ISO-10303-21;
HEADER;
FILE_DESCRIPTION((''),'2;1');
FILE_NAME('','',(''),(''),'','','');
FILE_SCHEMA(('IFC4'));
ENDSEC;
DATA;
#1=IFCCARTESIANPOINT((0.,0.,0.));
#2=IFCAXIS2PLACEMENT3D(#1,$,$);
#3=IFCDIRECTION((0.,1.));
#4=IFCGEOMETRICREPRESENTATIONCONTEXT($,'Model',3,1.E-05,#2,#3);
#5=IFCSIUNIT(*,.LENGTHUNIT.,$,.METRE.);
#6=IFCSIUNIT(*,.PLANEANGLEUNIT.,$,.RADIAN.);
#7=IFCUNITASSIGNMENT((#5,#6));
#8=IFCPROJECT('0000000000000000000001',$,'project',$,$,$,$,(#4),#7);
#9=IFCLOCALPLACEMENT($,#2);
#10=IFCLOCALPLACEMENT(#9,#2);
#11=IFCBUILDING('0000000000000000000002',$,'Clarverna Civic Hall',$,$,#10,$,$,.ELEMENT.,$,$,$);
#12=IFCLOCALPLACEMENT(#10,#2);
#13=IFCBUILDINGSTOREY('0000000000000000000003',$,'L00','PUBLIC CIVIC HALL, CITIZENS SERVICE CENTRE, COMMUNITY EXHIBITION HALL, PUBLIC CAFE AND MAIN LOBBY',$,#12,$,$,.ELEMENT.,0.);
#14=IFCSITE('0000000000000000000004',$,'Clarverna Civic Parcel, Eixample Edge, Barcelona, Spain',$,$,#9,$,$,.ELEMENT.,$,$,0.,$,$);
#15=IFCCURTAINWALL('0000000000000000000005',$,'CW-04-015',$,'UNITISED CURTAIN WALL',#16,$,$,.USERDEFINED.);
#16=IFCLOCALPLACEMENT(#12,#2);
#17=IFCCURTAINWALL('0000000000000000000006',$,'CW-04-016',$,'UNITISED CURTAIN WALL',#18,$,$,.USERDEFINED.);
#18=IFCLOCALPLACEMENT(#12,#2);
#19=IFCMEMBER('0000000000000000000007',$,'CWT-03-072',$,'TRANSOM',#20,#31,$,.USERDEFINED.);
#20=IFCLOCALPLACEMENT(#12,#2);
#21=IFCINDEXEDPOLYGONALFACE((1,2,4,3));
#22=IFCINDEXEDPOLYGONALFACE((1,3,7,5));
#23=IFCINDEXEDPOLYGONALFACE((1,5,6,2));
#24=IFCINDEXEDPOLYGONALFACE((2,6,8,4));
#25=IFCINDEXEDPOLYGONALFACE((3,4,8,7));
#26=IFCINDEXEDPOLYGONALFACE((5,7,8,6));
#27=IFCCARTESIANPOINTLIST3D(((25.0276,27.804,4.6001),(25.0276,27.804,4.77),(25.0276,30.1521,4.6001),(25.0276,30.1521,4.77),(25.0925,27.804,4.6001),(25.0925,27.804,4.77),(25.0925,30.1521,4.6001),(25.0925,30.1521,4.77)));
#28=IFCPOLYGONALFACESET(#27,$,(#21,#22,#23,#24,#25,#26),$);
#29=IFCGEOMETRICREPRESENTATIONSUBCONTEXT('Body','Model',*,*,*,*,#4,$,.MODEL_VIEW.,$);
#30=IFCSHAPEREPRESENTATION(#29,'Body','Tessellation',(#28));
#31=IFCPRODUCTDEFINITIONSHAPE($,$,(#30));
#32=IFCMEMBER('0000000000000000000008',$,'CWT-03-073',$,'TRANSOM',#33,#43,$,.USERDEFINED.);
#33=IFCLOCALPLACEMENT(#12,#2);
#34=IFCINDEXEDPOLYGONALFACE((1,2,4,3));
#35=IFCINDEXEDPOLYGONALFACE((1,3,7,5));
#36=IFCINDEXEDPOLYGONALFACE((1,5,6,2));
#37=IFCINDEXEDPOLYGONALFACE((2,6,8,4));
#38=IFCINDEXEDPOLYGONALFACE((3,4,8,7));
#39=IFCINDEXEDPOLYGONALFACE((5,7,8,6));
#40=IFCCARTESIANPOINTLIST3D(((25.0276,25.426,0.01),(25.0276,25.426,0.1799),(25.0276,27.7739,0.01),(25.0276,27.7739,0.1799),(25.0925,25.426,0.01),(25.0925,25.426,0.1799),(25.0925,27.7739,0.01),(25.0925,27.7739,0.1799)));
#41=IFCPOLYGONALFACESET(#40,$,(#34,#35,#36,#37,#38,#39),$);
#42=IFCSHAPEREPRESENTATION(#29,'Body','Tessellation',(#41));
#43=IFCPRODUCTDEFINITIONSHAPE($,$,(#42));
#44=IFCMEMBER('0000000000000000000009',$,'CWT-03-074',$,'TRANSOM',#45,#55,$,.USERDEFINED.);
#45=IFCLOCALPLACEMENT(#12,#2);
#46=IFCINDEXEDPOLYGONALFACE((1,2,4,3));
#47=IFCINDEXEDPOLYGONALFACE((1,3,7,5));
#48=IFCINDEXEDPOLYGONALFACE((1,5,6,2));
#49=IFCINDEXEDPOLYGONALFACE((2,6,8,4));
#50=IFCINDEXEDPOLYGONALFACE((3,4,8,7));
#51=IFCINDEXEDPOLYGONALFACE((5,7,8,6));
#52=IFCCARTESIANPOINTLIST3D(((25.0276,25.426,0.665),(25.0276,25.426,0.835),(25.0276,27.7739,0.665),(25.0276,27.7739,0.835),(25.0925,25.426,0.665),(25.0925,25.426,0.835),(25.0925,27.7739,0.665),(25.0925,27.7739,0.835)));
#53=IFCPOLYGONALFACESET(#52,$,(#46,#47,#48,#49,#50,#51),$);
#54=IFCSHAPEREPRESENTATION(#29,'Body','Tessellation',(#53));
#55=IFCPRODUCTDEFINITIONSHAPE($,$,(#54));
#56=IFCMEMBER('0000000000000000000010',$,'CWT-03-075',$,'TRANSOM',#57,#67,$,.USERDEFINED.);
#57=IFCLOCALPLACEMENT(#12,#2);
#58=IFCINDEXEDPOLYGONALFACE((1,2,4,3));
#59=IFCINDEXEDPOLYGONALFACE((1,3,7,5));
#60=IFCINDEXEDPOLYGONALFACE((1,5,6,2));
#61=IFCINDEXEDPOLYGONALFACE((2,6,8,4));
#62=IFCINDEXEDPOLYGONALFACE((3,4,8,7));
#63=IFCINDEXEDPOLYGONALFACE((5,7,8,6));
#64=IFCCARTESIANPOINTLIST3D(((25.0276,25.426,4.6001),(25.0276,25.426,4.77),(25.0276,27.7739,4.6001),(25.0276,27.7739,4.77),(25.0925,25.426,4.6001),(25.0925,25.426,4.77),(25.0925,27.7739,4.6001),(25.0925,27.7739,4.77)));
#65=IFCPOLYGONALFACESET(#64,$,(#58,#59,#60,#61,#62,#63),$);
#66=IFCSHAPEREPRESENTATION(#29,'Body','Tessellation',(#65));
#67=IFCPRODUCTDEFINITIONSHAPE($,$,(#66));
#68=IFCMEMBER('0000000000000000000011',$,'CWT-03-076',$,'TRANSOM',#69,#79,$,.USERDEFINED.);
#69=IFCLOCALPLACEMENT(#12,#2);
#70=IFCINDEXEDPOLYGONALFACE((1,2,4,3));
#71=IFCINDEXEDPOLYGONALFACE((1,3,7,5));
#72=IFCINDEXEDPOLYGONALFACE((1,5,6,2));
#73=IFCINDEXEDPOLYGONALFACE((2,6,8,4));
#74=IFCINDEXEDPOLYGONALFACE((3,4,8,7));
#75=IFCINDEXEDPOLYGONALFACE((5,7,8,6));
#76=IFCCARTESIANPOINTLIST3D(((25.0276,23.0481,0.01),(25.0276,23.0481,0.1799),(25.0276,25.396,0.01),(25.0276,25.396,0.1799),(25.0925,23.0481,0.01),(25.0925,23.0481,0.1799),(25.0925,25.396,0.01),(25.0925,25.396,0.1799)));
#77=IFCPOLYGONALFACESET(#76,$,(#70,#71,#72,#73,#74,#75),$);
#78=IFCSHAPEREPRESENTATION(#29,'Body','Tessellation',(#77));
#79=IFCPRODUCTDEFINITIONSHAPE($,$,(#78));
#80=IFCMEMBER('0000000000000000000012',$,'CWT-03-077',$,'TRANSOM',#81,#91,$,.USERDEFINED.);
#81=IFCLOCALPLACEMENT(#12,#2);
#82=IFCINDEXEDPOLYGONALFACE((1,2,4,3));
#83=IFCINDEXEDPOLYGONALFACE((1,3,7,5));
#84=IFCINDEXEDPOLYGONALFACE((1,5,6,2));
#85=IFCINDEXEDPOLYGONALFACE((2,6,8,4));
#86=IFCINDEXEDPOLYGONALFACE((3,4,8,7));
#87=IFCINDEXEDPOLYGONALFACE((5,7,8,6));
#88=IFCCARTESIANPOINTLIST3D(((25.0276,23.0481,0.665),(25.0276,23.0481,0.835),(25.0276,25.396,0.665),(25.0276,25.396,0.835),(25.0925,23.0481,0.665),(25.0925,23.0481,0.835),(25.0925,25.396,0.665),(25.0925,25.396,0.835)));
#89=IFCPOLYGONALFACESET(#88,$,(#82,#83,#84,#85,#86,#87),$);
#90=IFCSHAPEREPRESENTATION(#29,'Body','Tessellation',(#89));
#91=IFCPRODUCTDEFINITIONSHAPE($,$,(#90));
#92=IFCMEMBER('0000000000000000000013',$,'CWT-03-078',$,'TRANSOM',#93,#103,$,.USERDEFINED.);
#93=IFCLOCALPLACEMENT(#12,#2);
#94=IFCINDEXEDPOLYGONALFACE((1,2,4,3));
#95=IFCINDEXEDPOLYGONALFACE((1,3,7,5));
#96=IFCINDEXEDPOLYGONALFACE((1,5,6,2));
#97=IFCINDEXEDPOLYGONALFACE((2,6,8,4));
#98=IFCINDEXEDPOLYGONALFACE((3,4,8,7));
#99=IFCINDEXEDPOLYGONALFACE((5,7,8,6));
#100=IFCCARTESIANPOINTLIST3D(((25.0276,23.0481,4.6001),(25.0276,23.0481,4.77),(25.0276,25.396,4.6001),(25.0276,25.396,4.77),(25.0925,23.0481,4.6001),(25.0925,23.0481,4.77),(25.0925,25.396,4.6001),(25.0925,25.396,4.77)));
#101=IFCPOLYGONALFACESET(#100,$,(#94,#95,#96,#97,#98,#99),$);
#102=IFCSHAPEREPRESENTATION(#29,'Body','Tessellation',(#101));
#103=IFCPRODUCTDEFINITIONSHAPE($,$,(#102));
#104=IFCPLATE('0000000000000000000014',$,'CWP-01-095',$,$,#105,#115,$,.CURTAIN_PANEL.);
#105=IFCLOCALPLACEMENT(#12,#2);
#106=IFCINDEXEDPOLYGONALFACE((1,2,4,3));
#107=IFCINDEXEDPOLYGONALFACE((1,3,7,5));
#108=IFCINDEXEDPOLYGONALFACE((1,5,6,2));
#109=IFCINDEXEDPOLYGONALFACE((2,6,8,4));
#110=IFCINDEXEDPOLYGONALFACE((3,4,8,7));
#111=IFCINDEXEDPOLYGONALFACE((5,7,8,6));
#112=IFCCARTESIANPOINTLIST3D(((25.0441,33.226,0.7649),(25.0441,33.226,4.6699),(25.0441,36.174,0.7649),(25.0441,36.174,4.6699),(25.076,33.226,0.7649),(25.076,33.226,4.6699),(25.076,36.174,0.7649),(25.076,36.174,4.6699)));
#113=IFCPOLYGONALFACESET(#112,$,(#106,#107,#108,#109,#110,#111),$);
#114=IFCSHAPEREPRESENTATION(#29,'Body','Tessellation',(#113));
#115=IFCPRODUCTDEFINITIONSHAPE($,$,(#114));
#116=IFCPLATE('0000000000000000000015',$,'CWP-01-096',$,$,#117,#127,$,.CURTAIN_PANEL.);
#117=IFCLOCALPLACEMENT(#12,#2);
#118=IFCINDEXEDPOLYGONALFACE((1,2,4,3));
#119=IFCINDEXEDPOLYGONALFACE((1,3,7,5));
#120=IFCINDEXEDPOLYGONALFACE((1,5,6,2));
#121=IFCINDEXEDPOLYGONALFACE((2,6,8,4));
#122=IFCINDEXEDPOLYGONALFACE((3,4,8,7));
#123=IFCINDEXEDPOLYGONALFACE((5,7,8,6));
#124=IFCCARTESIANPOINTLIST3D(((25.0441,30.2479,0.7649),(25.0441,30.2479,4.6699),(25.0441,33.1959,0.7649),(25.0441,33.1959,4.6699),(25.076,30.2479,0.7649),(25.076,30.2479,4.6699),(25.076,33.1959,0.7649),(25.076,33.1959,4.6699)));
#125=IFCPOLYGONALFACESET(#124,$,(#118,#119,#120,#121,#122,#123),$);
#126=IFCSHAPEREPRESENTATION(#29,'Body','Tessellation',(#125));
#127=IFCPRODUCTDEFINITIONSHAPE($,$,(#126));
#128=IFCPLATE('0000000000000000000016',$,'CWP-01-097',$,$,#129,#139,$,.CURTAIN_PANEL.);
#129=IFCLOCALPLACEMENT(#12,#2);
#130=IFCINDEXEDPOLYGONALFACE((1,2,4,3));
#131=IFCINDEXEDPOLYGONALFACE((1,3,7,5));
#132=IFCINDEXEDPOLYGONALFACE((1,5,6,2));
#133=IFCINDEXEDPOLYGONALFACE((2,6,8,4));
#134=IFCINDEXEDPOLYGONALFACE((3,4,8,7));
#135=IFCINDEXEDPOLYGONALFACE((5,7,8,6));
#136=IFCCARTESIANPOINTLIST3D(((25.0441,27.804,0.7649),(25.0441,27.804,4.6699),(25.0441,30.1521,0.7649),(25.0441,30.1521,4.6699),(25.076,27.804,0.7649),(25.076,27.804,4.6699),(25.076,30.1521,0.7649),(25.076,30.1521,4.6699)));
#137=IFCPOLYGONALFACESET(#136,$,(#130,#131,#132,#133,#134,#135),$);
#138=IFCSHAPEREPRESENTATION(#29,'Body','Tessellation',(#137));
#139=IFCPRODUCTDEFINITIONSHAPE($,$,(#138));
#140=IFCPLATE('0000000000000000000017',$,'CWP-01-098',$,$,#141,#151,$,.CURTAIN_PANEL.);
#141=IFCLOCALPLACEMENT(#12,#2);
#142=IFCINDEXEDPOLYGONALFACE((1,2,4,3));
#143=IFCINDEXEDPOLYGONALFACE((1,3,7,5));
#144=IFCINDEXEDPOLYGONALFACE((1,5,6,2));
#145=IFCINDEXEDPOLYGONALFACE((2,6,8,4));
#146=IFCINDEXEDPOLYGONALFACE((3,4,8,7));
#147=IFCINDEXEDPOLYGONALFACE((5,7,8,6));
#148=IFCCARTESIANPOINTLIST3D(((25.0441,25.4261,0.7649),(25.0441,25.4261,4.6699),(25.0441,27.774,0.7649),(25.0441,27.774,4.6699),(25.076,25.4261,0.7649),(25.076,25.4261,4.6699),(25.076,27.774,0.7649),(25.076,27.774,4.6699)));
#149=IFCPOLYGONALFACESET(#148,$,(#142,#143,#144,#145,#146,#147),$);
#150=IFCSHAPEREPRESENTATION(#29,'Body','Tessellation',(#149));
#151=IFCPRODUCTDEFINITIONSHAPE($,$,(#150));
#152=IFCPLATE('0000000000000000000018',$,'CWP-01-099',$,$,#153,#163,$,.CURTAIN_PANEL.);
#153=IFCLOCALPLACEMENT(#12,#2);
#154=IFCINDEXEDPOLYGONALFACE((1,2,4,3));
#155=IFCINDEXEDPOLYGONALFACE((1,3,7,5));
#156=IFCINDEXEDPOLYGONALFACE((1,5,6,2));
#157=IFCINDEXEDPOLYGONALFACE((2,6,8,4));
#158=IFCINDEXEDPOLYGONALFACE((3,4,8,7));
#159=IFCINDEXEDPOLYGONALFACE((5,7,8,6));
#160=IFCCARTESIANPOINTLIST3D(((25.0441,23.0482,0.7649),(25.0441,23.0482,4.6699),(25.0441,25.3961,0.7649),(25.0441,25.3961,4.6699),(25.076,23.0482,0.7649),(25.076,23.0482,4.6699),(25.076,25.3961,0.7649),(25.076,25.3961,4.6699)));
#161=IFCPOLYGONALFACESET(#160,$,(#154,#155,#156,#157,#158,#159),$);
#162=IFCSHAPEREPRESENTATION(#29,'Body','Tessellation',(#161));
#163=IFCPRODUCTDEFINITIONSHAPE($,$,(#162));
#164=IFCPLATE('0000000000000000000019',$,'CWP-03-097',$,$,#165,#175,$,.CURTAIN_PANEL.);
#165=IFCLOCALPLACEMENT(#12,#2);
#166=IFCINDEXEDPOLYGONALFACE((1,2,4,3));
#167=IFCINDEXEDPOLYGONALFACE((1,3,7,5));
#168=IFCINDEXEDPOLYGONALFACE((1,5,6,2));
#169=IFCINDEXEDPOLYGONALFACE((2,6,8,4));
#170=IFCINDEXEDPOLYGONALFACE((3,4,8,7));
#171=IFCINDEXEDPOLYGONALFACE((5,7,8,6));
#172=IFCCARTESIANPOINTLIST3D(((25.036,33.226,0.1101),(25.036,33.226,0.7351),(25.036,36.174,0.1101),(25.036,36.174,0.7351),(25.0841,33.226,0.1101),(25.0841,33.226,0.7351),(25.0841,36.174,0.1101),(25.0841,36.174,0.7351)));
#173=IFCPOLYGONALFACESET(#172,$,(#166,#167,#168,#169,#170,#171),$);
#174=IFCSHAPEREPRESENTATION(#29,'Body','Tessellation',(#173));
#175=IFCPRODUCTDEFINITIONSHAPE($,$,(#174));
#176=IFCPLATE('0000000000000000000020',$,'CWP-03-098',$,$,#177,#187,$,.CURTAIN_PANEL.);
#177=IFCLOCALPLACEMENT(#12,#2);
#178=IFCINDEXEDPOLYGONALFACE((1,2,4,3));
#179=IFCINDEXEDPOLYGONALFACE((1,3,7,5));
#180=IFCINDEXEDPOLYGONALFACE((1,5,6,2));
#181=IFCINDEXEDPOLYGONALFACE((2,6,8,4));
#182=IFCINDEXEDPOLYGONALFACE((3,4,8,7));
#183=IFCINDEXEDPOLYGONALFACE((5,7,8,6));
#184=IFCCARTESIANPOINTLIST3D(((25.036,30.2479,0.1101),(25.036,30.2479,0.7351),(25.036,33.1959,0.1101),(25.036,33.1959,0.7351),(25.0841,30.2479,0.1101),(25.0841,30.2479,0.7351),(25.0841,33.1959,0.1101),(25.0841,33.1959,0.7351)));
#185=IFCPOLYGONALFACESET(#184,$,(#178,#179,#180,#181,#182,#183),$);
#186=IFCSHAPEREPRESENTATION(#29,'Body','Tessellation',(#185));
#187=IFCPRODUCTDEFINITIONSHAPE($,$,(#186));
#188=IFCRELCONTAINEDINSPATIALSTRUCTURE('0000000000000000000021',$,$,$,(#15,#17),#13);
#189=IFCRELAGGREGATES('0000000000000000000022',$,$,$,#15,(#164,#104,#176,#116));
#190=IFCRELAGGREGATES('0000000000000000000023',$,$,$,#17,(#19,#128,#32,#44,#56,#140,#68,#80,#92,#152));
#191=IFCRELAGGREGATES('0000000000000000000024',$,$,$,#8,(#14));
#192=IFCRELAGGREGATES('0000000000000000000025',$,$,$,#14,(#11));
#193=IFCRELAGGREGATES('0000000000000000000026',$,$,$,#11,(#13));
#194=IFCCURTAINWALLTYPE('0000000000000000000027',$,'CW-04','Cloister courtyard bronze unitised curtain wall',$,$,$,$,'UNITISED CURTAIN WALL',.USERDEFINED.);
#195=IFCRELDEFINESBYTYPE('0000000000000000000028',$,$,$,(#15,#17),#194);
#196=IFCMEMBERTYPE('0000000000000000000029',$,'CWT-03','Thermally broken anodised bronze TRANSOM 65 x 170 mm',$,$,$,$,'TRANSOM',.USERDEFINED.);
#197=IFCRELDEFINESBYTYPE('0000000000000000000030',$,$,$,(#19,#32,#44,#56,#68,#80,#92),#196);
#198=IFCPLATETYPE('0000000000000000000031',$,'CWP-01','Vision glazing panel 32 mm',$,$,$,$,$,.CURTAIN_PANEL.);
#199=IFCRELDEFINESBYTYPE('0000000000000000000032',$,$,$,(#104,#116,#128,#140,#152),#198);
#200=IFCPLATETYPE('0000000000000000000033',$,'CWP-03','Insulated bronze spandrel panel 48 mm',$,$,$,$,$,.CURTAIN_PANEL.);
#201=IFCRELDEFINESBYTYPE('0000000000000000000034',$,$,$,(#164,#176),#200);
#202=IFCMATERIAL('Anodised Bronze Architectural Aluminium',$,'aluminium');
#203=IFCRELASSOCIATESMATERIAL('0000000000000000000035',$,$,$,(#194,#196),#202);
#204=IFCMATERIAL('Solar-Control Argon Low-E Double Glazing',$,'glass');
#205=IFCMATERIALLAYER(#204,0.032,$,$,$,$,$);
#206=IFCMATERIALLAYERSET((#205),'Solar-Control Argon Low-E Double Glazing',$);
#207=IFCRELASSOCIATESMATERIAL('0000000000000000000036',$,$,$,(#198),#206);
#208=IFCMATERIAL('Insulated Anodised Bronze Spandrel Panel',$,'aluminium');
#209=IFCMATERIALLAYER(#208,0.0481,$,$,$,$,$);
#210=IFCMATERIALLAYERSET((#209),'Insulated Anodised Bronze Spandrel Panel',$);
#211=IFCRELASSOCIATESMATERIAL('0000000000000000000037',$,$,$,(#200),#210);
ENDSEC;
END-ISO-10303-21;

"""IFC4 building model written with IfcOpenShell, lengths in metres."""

from ifc_helpers import new_model, si_unit, direction, frame, frame_2d, origin, origin_2d, place, context, subcontext, project, spatial, rectangle, extrude, material, layer, layer_set, material_profile, profile_set, type_object, element, aggregate, save


model = new_model("IFC4")

# Units and contexts
model_context = context("Model", 3, precision=1e-05, world=origin(), true_north=direction((0.0, 1.0)))
body_context = subcontext(model_context, "Body", "Model", "MODEL_VIEW")
ifc_project = project(units=[si_unit("LENGTHUNIT", "METRE"), si_unit("PLANEANGLEUNIT", "RADIAN")], contexts=[model_context])

# Site, building, storey
site_placement = place(None, origin())
site = spatial("IfcSite", under=ifc_project, at=site_placement, Name="Clarverna Civic Parcel, Eixample Edge, Barcelona, Spain", CompositionType="ELEMENT", RefElevation=0.0)
building_placement = place(site_placement, origin())
building = spatial("IfcBuilding", under=site, at=building_placement, Name="Clarverna Civic Hall", CompositionType="ELEMENT")
storey_placement = place(building_placement, origin())
storey = spatial("IfcBuildingStorey", under=building, at=storey_placement, Name="L00", Description="PUBLIC CIVIC HALL, CITIZENS SERVICE CENTRE, COMMUNITY EXHIBITION HALL, PUBLIC CAFE AND MAIN LOBBY", CompositionType="ELEMENT", Elevation=0.0)

# Curtain walls
ifc_material_1 = material(Name="Anodised Bronze Architectural Aluminium", Category="aluminium")
curtain_wall_type = type_object("IfcCurtainWallType", Name="CW-04", Description="Cloister courtyard bronze unitised curtain wall", ElementType="UNITISED CURTAIN WALL", PredefinedType="USERDEFINED", material=ifc_material_1)
curtain_wall_1_placement = place(storey_placement, origin())
curtain_wall_1 = element("IfcCurtainWall", 1, at=curtain_wall_1_placement, inside=storey, type_object=curtain_wall_type, Name="CW-04-015", ObjectType="UNITISED CURTAIN WALL", PredefinedType="USERDEFINED")
curtain_wall_2_placement = place(storey_placement, origin())
curtain_wall_2 = element("IfcCurtainWall", 2, at=curtain_wall_2_placement, inside=storey, type_object=curtain_wall_type, Name="CW-04-016", ObjectType="UNITISED CURTAIN WALL", PredefinedType="USERDEFINED")

# Members
ifc_material_profile_1 = material_profile(ifc_material_1, rectangle(XDim=0.0649, YDim=0.1699, at=origin_2d()), Name="BRONZE 65x170")
ifc_profile_set_1 = profile_set([ifc_material_profile_1], Name="Anodised Bronze Architectural Aluminium")
member_type_1 = type_object("IfcMemberType", Name="CWT-03", Description="Thermally broken anodised bronze TRANSOM 65 x 170 mm", ElementType="TRANSOM", PredefinedType="USERDEFINED", material=ifc_profile_set_1)
member_1_placement = place(storey_placement, frame((25.0601, 30.1521, 4.6851), z_axis=(0.0, -1.0, 0.0), x_axis=(1.0, 0.0, 0.0)))
member_1 = element("IfcMember", 3, at=member_1_placement, type_object=member_type_1, Name="CWT-03-072", ObjectType="TRANSOM", PredefinedType="USERDEFINED", context=body_context, shape_type="SweptSolid", body=[
    extrude(rectangle(XDim=0.0649, YDim=0.1699, at=origin_2d()), origin(), (0.0, 0.0, 1.0), 2.3481),
])
member_2_placement = place(storey_placement, frame((25.0601, 27.7739, 0.095), z_axis=(0.0, -1.0, 0.0), x_axis=(1.0, 0.0, 0.0)))
member_2 = element("IfcMember", 4, at=member_2_placement, type_object=member_type_1, Name="CWT-03-073", ObjectType="TRANSOM", PredefinedType="USERDEFINED", context=body_context, shape_type="SweptSolid", body=[
    extrude(rectangle(XDim=0.0649, YDim=0.1699, at=origin_2d()), origin(), (0.0, 0.0, 1.0), 2.3479),
])
member_3_placement = place(storey_placement, frame((25.0601, 27.7739, 0.75), z_axis=(0.0, -1.0, 0.0), x_axis=(1.0, 0.0, 0.0)))
member_3 = element("IfcMember", 5, at=member_3_placement, type_object=member_type_1, Name="CWT-03-074", ObjectType="TRANSOM", PredefinedType="USERDEFINED", context=body_context, shape_type="SweptSolid", body=[
    extrude(rectangle(XDim=0.0649, YDim=0.1699, at=origin_2d()), origin(), (0.0, 0.0, 1.0), 2.3479),
])
member_4_placement = place(storey_placement, frame((25.0601, 27.7739, 4.6851), z_axis=(0.0, -1.0, 0.0), x_axis=(1.0, 0.0, 0.0)))
member_4 = element("IfcMember", 6, at=member_4_placement, type_object=member_type_1, Name="CWT-03-075", ObjectType="TRANSOM", PredefinedType="USERDEFINED", context=body_context, shape_type="SweptSolid", body=[
    extrude(rectangle(XDim=0.0649, YDim=0.1699, at=origin_2d()), origin(), (0.0, 0.0, 1.0), 2.3479),
])
member_5_placement = place(storey_placement, frame((25.0601, 25.396, 0.095), z_axis=(0.0, -1.0, 0.0), x_axis=(1.0, 0.0, 0.0)))
member_5 = element("IfcMember", 7, at=member_5_placement, type_object=member_type_1, Name="CWT-03-076", ObjectType="TRANSOM", PredefinedType="USERDEFINED", context=body_context, shape_type="SweptSolid", body=[
    extrude(rectangle(XDim=0.0649, YDim=0.1699, at=origin_2d()), origin(), (0.0, 0.0, 1.0), 2.3479),
])
member_6_placement = place(storey_placement, frame((25.0601, 25.396, 0.75), z_axis=(0.0, -1.0, 0.0), x_axis=(1.0, 0.0, 0.0)))
member_6 = element("IfcMember", 8, at=member_6_placement, type_object=member_type_1, Name="CWT-03-077", ObjectType="TRANSOM", PredefinedType="USERDEFINED", context=body_context, shape_type="SweptSolid", body=[
    extrude(rectangle(XDim=0.0649, YDim=0.1699, at=origin_2d()), origin(), (0.0, 0.0, 1.0), 2.3479),
])
member_7_placement = place(storey_placement, frame((25.0601, 25.396, 4.6851), z_axis=(0.0, -1.0, 0.0), x_axis=(1.0, 0.0, 0.0)))
member_7 = element("IfcMember", 9, at=member_7_placement, type_object=member_type_1, Name="CWT-03-078", ObjectType="TRANSOM", PredefinedType="USERDEFINED", context=body_context, shape_type="SweptSolid", body=[
    extrude(rectangle(XDim=0.0649, YDim=0.1699, at=origin_2d()), origin(), (0.0, 0.0, 1.0), 2.3479),
])

# Plates
ifc_material_2 = material(Name="Solar-Control Argon Low-E Double Glazing", Category="glass")
ifc_layer_1 = layer(ifc_material_2, 0.032)
ifc_layer_set_1 = layer_set([ifc_layer_1], Name="Solar-Control Argon Low-E Double Glazing")
plate_type_1 = type_object("IfcPlateType", Name="CWP-01", Description="Vision glazing panel 32 mm", PredefinedType="CURTAIN_PANEL", material=ifc_layer_set_1)
plate_1_placement = place(storey_placement, frame((25.0601, 36.1741, 0.7649), z_axis=(0.0, 0.0, 1.0), x_axis=(0.0, -1.0, 0.0)))
plate_1 = element("IfcPlate", 10, at=plate_1_placement, type_object=plate_type_1, Name="CWP-01-095", PredefinedType="CURTAIN_PANEL", context=body_context, shape_type="SweptSolid", body=[
    extrude(rectangle(XDim=2.948, YDim=0.032, at=frame_2d((1.4741, 0.0))), origin(), (0.0, 0.0, 1.0), 3.905),
])
plate_2_placement = place(storey_placement, frame((25.0601, 33.196, 0.7649), z_axis=(0.0, 0.0, 1.0), x_axis=(0.0, -1.0, 0.0)))
plate_2 = element("IfcPlate", 11, at=plate_2_placement, type_object=plate_type_1, Name="CWP-01-096", PredefinedType="CURTAIN_PANEL", context=body_context, shape_type="SweptSolid", body=[
    extrude(rectangle(XDim=2.948, YDim=0.032, at=frame_2d((1.4741, 0.0))), origin(), (0.0, 0.0, 1.0), 3.905),
])
plate_3_placement = place(storey_placement, frame((25.0601, 30.1521, 0.7649), z_axis=(0.0, 0.0, 1.0), x_axis=(0.0, -1.0, 0.0)))
plate_3 = element("IfcPlate", 12, at=plate_3_placement, type_object=plate_type_1, Name="CWP-01-097", PredefinedType="CURTAIN_PANEL", context=body_context, shape_type="SweptSolid", body=[
    extrude(rectangle(XDim=2.3481, YDim=0.032, at=frame_2d((1.1741, 0.0))), origin(), (0.0, 0.0, 1.0), 3.905),
])
plate_4_placement = place(storey_placement, frame((25.0601, 27.7739, 0.7649), z_axis=(0.0, 0.0, 1.0), x_axis=(0.0, -1.0, 0.0)))
plate_4 = element("IfcPlate", 13, at=plate_4_placement, type_object=plate_type_1, Name="CWP-01-098", PredefinedType="CURTAIN_PANEL", context=body_context, shape_type="SweptSolid", body=[
    extrude(rectangle(XDim=2.3479, YDim=0.032, at=frame_2d((1.1738, 0.0))), origin(), (0.0, 0.0, 1.0), 3.905),
])
plate_5_placement = place(storey_placement, frame((25.0601, 25.396, 0.7649), z_axis=(0.0, 0.0, 1.0), x_axis=(0.0, -1.0, 0.0)))
plate_5 = element("IfcPlate", 14, at=plate_5_placement, type_object=plate_type_1, Name="CWP-01-099", PredefinedType="CURTAIN_PANEL", context=body_context, shape_type="SweptSolid", body=[
    extrude(rectangle(XDim=2.3479, YDim=0.032, at=frame_2d((1.1738, 0.0))), origin(), (0.0, 0.0, 1.0), 3.905),
])
ifc_material_3 = material(Name="Insulated Anodised Bronze Spandrel Panel", Category="aluminium")
ifc_layer_2 = layer(ifc_material_3, 0.0481)
ifc_layer_set_2 = layer_set([ifc_layer_2], Name="Insulated Anodised Bronze Spandrel Panel")
plate_type_2 = type_object("IfcPlateType", Name="CWP-03", Description="Insulated bronze spandrel panel 48 mm", PredefinedType="CURTAIN_PANEL", material=ifc_layer_set_2)
plate_6_placement = place(storey_placement, frame((25.0601, 36.1741, 0.1101), z_axis=(0.0, 0.0, 1.0), x_axis=(0.0, -1.0, 0.0)))
plate_6 = element("IfcPlate", 15, at=plate_6_placement, type_object=plate_type_2, Name="CWP-03-097", PredefinedType="CURTAIN_PANEL", context=body_context, shape_type="SweptSolid", body=[
    extrude(rectangle(XDim=2.948, YDim=0.0481, at=frame_2d((1.4741, 0.0))), origin(), (0.0, 0.0, 1.0), 0.625),
])
plate_7_placement = place(storey_placement, frame((25.0601, 33.196, 0.1101), z_axis=(0.0, 0.0, 1.0), x_axis=(0.0, -1.0, 0.0)))
plate_7 = element("IfcPlate", 16, at=plate_7_placement, type_object=plate_type_2, Name="CWP-03-098", PredefinedType="CURTAIN_PANEL", context=body_context, shape_type="SweptSolid", body=[
    extrude(rectangle(XDim=2.948, YDim=0.0481, at=frame_2d((1.4741, 0.0))), origin(), (0.0, 0.0, 1.0), 0.625),
])
aggregate(curtain_wall_1, [plate_6, plate_1, plate_7, plate_2])
aggregate(curtain_wall_2, [member_1, plate_3, member_2, member_3, member_4, plate_4, member_5, member_6, member_7, plate_5])

save(model, "model.ifc")
